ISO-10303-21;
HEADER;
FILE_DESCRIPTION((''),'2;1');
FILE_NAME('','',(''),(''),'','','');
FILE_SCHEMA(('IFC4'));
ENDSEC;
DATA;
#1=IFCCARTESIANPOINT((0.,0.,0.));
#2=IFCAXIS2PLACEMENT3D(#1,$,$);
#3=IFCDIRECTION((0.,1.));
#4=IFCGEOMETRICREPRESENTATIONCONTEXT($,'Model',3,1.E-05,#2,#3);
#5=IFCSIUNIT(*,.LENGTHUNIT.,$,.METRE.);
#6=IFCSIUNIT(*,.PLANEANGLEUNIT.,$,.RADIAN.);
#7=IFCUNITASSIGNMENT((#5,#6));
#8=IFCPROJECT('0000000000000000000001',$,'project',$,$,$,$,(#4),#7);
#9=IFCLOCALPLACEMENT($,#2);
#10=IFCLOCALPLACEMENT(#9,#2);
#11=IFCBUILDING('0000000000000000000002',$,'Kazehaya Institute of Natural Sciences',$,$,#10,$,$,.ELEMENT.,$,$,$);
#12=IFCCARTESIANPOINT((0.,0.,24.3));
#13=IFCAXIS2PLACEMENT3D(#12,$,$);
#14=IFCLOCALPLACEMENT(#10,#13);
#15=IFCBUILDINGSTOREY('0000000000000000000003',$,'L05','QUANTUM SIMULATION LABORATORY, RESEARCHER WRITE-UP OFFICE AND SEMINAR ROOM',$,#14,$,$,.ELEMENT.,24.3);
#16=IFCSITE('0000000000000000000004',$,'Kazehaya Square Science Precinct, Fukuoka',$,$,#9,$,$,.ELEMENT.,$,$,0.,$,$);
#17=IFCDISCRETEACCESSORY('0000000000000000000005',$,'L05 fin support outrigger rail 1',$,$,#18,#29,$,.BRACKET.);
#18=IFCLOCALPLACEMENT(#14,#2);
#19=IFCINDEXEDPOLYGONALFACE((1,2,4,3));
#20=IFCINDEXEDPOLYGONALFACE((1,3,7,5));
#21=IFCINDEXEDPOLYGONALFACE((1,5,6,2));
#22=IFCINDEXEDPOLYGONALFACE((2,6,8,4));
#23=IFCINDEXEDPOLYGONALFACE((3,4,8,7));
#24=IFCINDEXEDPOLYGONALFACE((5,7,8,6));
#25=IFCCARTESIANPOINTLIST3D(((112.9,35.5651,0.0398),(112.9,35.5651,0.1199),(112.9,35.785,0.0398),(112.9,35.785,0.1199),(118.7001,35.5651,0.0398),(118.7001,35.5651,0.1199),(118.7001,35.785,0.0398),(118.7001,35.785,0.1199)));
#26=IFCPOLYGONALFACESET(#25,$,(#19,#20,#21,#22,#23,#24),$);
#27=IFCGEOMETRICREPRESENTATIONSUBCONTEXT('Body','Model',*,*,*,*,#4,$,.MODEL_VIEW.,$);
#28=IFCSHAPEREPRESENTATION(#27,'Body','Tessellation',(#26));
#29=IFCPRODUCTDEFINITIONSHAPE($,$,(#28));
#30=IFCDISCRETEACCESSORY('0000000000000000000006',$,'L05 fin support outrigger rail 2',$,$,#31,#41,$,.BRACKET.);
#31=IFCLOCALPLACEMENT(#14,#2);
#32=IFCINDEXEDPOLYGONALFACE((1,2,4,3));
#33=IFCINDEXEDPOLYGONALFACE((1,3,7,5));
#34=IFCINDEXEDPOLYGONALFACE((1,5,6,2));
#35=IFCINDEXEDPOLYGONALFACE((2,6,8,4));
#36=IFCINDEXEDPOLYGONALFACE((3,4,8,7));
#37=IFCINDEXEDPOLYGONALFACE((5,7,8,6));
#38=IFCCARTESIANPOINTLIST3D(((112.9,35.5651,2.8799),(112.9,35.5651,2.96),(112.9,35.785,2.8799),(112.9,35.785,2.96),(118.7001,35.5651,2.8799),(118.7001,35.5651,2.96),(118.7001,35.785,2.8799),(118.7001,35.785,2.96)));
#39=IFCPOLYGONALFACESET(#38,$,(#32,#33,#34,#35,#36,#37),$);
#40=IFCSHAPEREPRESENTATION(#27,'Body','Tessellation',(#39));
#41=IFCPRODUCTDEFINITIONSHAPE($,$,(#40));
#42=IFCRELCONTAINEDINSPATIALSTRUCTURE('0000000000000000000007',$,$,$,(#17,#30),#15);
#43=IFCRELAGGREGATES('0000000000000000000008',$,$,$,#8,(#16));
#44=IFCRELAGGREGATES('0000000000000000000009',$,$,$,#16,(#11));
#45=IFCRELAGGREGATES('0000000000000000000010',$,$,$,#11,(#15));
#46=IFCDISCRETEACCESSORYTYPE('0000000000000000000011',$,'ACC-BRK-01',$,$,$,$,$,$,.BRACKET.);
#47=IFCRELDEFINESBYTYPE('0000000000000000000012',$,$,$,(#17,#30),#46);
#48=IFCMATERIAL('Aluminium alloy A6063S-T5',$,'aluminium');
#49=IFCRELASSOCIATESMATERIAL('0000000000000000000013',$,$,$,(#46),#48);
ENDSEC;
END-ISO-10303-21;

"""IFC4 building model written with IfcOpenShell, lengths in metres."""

from ifc_helpers import new_model, si_unit, direction, frame, origin, origin_2d, place, context, subcontext, project, spatial, rectangle, extrude, material, type_object, element, save


model = new_model("IFC4")

# Units and contexts
model_context = context("Model", 3, precision=1e-05, world=origin(), true_north=direction((0.0, 1.0)))
body_context = subcontext(model_context, "Body", "Model", "MODEL_VIEW")
ifc_project = project(units=[si_unit("LENGTHUNIT", "METRE"), si_unit("PLANEANGLEUNIT", "RADIAN")], contexts=[model_context])

# Site, building, storey
site_placement = place(None, origin())
site = spatial("IfcSite", under=ifc_project, at=site_placement, Name="Kazehaya Square Science Precinct, Fukuoka", CompositionType="ELEMENT", RefElevation=0.0)
building_placement = place(site_placement, origin())
building = spatial("IfcBuilding", under=site, at=building_placement, Name="Kazehaya Institute of Natural Sciences", CompositionType="ELEMENT")
storey_placement = place(building_placement, frame((0.0, 0.0, 24.3)))
storey = spatial("IfcBuildingStorey", under=building, at=storey_placement, Name="L05", Description="QUANTUM SIMULATION LABORATORY, RESEARCHER WRITE-UP OFFICE AND SEMINAR ROOM", CompositionType="ELEMENT", Elevation=24.3)

# Shared definitions
ifc_material_1 = material(Name="Aluminium alloy A6063S-T5", Category="aluminium")

# Discrete accessories
discrete_accessory_type = type_object("IfcDiscreteAccessoryType", Name="ACC-BRK-01", PredefinedType="BRACKET", material=ifc_material_1)
for number, where, z_axis, x_axis, name in (
    (1, (115.8, 35.675, 0.0398), (0.0, 0.0, 1.0), (1.0, 0.0, 0.0), "L05 fin support outrigger rail 1"),
    (2, (115.8, 35.675, 2.8799), (0.0, 0.0, 1.0), (1.0, 0.0, 0.0), "L05 fin support outrigger rail 2"),
):
    element("IfcDiscreteAccessory", number, at=place(storey_placement, frame(where, z_axis=z_axis, x_axis=x_axis)), inside=storey, type_object=discrete_accessory_type, Name=name, PredefinedType="BRACKET", context=body_context, shape_type="SweptSolid", body=[
        extrude(rectangle(XDim=5.8, YDim=0.22, at=origin_2d()), origin(), (0.0, 0.0, 1.0), 0.0801),
    ])

save(model, "model.ifc")
